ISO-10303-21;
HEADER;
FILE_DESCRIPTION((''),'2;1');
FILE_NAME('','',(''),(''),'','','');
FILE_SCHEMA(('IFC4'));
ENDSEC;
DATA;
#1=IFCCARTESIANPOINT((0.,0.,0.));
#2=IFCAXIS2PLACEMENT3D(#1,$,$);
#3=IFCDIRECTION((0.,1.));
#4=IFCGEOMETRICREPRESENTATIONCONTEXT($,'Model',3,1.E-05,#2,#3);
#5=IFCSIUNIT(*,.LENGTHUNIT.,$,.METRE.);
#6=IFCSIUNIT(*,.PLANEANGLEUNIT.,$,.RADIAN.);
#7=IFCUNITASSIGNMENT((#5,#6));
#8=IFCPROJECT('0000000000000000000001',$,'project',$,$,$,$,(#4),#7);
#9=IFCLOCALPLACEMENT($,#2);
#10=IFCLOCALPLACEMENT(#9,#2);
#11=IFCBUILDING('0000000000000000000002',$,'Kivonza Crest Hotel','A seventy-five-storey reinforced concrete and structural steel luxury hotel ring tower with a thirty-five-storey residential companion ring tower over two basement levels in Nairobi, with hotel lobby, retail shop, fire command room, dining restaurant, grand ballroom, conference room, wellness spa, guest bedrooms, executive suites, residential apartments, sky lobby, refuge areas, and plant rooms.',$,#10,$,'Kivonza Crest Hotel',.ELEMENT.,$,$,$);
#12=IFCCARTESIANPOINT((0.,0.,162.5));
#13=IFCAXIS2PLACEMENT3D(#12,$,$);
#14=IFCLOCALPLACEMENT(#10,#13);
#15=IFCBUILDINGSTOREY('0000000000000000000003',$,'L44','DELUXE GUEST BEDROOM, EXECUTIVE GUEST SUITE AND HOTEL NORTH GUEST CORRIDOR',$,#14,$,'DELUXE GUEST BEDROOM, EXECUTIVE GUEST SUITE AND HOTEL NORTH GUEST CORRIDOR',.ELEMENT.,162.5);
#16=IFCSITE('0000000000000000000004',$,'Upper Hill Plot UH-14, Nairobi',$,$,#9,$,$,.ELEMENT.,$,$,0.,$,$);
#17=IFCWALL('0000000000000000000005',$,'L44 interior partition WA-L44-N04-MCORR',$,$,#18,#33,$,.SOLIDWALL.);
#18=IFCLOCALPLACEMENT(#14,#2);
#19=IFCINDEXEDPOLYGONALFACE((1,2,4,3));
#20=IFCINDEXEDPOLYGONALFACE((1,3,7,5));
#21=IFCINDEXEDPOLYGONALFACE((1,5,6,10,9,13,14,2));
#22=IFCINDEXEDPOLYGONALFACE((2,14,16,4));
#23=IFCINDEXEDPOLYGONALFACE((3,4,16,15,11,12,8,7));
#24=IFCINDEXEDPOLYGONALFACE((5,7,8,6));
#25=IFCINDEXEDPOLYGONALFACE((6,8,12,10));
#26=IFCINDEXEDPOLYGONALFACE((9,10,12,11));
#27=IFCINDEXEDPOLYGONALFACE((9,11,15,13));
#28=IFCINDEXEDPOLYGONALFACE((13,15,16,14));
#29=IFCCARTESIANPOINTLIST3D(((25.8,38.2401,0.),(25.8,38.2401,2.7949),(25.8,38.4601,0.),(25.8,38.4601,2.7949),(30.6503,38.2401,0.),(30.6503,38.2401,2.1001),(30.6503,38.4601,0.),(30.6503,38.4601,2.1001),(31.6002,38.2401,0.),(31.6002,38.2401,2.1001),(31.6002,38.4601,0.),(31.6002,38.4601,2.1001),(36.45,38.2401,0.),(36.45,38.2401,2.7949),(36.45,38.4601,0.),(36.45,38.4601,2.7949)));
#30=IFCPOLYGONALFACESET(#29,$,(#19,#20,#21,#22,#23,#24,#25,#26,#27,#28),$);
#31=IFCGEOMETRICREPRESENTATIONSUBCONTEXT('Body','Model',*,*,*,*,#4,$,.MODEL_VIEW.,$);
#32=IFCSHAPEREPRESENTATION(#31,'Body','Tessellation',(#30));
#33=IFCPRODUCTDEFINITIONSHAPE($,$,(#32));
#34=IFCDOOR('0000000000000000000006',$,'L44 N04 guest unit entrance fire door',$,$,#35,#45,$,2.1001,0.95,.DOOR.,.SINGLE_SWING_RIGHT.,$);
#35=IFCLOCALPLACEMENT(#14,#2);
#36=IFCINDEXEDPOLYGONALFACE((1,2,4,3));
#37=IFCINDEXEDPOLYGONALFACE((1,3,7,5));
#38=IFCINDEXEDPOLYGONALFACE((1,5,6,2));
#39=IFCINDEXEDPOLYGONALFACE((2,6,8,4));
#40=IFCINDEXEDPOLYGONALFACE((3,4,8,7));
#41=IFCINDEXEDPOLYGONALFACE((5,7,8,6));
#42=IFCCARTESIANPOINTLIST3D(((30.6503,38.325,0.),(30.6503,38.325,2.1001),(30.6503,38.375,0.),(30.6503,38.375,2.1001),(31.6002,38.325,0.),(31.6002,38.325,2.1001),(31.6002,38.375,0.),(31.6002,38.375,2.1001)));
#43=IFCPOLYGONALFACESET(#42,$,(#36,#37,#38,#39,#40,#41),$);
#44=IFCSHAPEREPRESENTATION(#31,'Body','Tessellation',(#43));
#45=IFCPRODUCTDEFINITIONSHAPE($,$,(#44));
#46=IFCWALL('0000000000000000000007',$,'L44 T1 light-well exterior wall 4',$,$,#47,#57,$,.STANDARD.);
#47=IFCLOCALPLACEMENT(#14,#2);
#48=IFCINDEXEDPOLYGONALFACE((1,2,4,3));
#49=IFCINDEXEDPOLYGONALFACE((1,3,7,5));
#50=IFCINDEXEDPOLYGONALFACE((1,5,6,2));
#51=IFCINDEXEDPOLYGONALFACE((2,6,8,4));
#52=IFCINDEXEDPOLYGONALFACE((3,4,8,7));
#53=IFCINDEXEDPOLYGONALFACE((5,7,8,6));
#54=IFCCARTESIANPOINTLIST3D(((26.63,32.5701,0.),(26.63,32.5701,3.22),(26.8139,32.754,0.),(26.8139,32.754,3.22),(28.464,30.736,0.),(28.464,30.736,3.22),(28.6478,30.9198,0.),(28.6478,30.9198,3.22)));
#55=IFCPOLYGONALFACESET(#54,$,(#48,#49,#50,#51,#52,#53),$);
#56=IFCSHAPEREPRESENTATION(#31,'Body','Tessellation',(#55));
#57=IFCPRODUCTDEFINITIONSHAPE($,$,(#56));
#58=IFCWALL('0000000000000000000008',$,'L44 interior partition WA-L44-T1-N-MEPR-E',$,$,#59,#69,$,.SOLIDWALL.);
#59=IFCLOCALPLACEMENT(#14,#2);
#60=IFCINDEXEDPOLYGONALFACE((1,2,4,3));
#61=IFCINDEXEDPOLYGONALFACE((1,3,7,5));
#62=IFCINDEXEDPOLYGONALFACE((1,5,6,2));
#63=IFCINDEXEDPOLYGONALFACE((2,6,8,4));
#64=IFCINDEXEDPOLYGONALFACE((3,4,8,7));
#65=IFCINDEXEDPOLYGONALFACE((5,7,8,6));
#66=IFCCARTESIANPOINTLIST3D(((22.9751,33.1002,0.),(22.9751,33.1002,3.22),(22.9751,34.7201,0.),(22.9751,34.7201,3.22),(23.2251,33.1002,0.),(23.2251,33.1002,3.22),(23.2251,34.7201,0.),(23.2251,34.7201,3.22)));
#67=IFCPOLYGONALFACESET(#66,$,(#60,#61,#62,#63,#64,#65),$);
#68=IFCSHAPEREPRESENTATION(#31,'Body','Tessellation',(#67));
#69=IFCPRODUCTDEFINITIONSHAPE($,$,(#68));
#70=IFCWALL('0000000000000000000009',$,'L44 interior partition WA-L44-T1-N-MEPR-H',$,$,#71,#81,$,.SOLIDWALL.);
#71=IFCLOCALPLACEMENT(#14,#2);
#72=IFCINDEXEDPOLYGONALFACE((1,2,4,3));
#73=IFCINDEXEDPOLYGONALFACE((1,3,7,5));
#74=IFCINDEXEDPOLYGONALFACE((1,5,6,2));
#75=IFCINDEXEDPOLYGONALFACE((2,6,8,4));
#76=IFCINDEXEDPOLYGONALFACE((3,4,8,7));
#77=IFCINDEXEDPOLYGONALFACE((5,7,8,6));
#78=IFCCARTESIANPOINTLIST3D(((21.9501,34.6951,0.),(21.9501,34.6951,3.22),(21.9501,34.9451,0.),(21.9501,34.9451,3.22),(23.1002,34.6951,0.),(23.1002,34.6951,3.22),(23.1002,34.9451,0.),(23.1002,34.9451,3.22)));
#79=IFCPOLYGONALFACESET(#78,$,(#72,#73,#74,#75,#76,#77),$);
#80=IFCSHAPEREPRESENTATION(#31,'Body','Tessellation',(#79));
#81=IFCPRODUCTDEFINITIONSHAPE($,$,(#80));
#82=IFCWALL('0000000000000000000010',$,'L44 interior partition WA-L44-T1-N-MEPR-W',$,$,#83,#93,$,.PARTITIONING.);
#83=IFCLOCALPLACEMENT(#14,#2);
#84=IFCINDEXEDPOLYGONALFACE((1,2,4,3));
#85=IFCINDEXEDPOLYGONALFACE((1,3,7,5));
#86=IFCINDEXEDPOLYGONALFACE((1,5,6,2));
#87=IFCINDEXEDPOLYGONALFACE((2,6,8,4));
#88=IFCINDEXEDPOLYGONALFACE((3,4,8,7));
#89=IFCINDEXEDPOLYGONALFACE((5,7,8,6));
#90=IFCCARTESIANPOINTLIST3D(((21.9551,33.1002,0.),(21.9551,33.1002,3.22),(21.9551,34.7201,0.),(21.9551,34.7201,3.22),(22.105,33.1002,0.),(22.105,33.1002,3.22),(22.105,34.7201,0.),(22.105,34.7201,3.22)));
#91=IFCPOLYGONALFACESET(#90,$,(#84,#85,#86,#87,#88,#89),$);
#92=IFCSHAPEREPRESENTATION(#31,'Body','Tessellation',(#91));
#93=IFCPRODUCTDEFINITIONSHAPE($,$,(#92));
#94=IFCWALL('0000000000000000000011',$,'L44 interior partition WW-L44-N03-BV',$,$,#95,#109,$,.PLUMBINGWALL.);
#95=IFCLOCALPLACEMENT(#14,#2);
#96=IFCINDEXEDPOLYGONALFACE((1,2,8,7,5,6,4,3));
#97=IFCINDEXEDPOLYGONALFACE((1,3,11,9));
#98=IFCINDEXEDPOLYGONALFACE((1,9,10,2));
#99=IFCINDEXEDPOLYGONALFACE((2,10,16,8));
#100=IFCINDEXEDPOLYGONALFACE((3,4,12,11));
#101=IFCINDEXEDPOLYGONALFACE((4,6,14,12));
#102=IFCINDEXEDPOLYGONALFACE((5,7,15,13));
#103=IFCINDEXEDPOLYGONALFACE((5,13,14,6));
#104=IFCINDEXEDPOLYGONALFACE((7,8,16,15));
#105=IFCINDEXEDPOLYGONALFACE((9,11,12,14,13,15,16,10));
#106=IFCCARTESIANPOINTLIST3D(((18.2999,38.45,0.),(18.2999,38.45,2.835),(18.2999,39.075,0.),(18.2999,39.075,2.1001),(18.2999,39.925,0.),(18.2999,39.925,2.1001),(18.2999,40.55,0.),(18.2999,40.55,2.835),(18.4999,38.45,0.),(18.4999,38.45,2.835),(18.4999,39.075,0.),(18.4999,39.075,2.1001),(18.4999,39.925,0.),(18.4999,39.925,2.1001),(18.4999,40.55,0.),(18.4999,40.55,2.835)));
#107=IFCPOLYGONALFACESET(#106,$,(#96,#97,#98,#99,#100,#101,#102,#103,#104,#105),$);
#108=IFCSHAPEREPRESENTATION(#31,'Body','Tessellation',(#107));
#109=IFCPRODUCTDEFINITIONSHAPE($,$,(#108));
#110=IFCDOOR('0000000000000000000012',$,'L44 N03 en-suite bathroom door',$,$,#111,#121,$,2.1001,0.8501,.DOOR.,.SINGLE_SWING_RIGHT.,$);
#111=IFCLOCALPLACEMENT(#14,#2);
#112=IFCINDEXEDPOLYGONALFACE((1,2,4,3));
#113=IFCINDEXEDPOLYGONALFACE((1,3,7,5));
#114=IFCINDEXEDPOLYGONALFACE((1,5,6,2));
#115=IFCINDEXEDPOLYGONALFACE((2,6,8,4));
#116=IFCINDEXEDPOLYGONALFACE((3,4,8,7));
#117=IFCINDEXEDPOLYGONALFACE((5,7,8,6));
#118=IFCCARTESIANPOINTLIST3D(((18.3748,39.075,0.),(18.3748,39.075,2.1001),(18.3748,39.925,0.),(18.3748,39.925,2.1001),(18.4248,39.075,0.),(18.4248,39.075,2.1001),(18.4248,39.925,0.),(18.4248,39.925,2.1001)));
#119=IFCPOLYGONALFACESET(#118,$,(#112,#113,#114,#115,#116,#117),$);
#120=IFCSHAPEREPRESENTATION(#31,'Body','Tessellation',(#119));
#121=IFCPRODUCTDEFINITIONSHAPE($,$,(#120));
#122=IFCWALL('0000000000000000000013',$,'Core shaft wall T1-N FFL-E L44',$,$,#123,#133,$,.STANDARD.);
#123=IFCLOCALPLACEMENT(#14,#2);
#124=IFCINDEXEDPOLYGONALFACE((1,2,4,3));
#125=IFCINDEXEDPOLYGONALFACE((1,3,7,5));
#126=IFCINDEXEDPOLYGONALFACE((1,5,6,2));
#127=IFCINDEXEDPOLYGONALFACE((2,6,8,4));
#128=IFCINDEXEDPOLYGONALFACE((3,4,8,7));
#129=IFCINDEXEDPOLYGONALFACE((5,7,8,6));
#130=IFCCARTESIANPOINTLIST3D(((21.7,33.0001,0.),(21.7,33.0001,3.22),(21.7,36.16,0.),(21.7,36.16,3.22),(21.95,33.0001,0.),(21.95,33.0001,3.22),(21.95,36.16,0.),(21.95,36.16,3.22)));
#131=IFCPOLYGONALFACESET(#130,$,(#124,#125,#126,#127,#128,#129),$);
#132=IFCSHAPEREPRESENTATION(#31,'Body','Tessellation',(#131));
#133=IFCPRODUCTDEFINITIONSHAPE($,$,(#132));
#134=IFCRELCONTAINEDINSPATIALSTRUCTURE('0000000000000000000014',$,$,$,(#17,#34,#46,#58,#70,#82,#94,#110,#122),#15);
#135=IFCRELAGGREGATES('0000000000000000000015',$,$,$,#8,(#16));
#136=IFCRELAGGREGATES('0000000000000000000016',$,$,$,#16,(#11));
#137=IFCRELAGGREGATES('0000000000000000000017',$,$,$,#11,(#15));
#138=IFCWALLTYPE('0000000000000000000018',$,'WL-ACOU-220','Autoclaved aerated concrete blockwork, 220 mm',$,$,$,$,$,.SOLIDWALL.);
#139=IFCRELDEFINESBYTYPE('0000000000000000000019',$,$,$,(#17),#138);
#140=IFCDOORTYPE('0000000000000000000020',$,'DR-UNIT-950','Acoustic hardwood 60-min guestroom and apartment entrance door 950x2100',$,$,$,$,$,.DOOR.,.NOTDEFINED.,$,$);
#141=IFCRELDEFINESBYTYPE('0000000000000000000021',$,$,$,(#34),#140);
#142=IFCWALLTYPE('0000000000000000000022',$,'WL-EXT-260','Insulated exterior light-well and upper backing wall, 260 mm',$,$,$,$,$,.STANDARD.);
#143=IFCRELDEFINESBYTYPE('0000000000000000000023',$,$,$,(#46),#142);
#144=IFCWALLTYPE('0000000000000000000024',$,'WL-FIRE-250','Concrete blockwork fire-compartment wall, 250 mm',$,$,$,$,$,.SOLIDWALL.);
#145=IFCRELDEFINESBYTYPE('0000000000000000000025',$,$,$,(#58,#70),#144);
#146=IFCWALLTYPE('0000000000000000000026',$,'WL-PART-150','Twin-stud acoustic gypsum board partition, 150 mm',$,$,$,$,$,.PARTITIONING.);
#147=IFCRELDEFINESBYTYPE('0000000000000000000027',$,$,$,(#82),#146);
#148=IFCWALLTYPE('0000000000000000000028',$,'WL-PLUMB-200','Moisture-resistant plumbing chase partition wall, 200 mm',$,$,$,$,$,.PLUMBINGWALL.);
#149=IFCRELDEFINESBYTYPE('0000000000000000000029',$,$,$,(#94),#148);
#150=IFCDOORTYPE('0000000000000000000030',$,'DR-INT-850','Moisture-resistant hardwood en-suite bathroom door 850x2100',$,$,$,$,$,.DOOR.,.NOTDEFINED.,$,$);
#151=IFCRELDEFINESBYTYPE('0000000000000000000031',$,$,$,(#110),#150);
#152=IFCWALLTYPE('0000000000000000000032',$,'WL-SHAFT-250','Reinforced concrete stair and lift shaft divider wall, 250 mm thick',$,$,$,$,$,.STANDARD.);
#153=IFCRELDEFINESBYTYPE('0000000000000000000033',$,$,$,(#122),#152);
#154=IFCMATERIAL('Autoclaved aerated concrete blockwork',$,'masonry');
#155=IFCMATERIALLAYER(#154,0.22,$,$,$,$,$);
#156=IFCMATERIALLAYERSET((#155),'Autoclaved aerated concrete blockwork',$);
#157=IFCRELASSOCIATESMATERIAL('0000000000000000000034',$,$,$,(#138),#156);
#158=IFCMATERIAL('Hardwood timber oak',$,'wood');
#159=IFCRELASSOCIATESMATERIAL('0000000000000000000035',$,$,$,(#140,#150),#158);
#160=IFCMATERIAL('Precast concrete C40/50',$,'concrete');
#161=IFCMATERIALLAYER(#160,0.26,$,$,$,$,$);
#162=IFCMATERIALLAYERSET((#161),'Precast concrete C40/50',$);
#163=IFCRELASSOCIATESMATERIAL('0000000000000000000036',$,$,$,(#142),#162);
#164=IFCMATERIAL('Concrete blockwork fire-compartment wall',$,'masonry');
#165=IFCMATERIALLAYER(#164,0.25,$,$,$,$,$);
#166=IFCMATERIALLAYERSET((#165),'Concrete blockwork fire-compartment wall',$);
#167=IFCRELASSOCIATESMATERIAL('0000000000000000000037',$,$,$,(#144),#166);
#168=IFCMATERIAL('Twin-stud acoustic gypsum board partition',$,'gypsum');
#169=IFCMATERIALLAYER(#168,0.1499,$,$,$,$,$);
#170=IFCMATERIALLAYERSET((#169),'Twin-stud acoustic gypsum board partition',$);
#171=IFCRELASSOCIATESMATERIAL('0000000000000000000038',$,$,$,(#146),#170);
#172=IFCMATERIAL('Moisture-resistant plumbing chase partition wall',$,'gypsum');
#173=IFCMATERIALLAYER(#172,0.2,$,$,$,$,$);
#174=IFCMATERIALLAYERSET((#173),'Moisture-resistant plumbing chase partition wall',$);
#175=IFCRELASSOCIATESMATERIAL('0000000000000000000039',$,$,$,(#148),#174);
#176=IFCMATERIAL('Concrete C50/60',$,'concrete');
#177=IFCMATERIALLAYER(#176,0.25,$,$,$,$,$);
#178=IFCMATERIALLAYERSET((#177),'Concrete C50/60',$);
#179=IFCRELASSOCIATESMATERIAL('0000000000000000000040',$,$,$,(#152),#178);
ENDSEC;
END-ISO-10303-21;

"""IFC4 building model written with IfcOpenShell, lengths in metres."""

from ifc_helpers import new_model, si_unit, direction, frame, frame_2d, origin, place, context, subcontext, project, spatial, rectangle, extrude, material, layer, layer_set, type_object, element, fill, save


model = new_model("IFC4")

# Units and contexts
model_context = context("Model", 3, precision=1e-05, world=origin(), true_north=direction((0.0, 1.0)))
body_context = subcontext(model_context, "Body", "Model", "MODEL_VIEW")
ifc_project = project(units=[si_unit("LENGTHUNIT", "METRE"), si_unit("PLANEANGLEUNIT", "RADIAN")], contexts=[model_context])

# Site, building, storey
site_placement = place(None, origin())
site = spatial("IfcSite", under=ifc_project, at=site_placement, Name="Upper Hill Plot UH-14, Nairobi", CompositionType="ELEMENT", RefElevation=0.0)
building_placement = place(site_placement, origin())
building = spatial("IfcBuilding", under=site, at=building_placement, Name="Kivonza Crest Hotel", Description="A seventy-five-storey reinforced concrete and structural steel luxury hotel ring tower with a thirty-five-storey residential companion ring tower over two basement levels in Nairobi, with hotel lobby, retail shop, fire command room, dining restaurant, grand ballroom, conference room, wellness spa, guest bedrooms, executive suites, residential apartments, sky lobby, refuge areas, and plant rooms.", LongName="Kivonza Crest Hotel", CompositionType="ELEMENT")
storey_placement = place(building_placement, frame((0.0, 0.0, 162.5)))
storey = spatial("IfcBuildingStorey", under=building, at=storey_placement, Name="L44", Description="DELUXE GUEST BEDROOM, EXECUTIVE GUEST SUITE AND HOTEL NORTH GUEST CORRIDOR", LongName="DELUXE GUEST BEDROOM, EXECUTIVE GUEST SUITE AND HOTEL NORTH GUEST CORRIDOR", CompositionType="ELEMENT", Elevation=162.5)

# Shared definitions
ifc_material_1 = material(Name="Concrete C50/60", Category="concrete")

# Wall, opening, door
ifc_material_2 = material(Name="Autoclaved aerated concrete blockwork", Category="masonry")
ifc_layer_1 = layer(ifc_material_2, 0.22)
ifc_layer_set_1 = layer_set([ifc_layer_1], Name="Autoclaved aerated concrete blockwork")
wall_type_1 = type_object("IfcWallType", Name="WL-ACOU-220", Description="Autoclaved aerated concrete blockwork, 220 mm", PredefinedType="SOLIDWALL", material=ifc_layer_set_1)
wall_1_placement = place(storey_placement, frame((25.8, 38.3501, 0.0), z_axis=(0.0, 0.0, 1.0), x_axis=(1.0, 0.0, 0.0)))
wall_1 = element("IfcWall", 1, at=wall_1_placement, inside=storey, type_object=wall_type_1, Name="L44 interior partition WA-L44-N04-MCORR", PredefinedType="SOLIDWALL", context=body_context, shape_type="SweptSolid", body=[
    extrude(rectangle(XDim=10.6499, YDim=0.22, at=frame_2d((5.325, 0.0))), origin(), (0.0, 0.0, 1.0), 2.7949),
])
opening_1_placement = place(wall_1_placement, frame((4.8501, 0.0, 0.0)))
opening_1 = element("IfcOpeningElement", 2, at=opening_1_placement, cuts=wall_1, PredefinedType="OPENING", context=body_context, shape_type="SweptSolid", body=[
    extrude(rectangle(XDim=0.95, YDim=2.1001, at=frame_2d((0.4751, 1.05))), frame((0.0, 0.1201, 0.0), z_axis=(0.0, -1.0, 0.0), x_axis=(1.0, 0.0, 0.0)), (0.0, 0.0, 1.0), 0.24),
])
ifc_material_3 = material(Name="Hardwood timber oak", Category="wood")
door_type_1 = type_object("IfcDoorType", Name="DR-UNIT-950", Description="Acoustic hardwood 60-min guestroom and apartment entrance door 950x2100", OperationType="NOTDEFINED", PredefinedType="DOOR", material=ifc_material_3)
door_1_placement = place(opening_1_placement, origin())
door_1 = element("IfcDoor", 3, at=door_1_placement, inside=storey, type_object=door_type_1, Name="L44 N04 guest unit entrance fire door", OperationType="SINGLE_SWING_RIGHT", OverallHeight=2.1001, OverallWidth=0.95, PredefinedType="DOOR", context=body_context, shape_type="SweptSolid", body=[
    extrude(rectangle(XDim=0.95, YDim=2.1001, at=frame_2d((0.4751, 1.05))), frame((0.0, 0.0249, 0.0), z_axis=(0.0, -1.0, 0.0), x_axis=(1.0, 0.0, 0.0)), (0.0, 0.0, 1.0), 0.05),
])
fill(opening_1, door_1)

# Walls
ifc_material_4 = material(Name="Precast concrete C40/50", Category="concrete")
ifc_layer_2 = layer(ifc_material_4, 0.26)
ifc_layer_set_2 = layer_set([ifc_layer_2], Name="Precast concrete C40/50")
wall_type_2 = type_object("IfcWallType", Name="WL-EXT-260", Description="Insulated exterior light-well and upper backing wall, 260 mm", PredefinedType="STANDARD", material=ifc_layer_set_2)
wall_2_placement = place(storey_placement, frame((28.5559, 30.8279, 0.0), z_axis=(0.0, 0.0, 1.0), x_axis=(-0.70706, 0.707154, 0.0)))
element("IfcWall", 4, at=wall_2_placement, inside=storey, type_object=wall_type_2, Name="L44 T1 light-well exterior wall 4", PredefinedType="STANDARD", context=body_context, shape_type="SweptSolid", body=[
    extrude(rectangle(XDim=2.5938, YDim=0.26, at=frame_2d((1.2969, 0.0))), origin(), (0.0, 0.0, 1.0), 3.22),
])
ifc_material_5 = material(Name="Concrete blockwork fire-compartment wall", Category="masonry")
ifc_layer_3 = layer(ifc_material_5, 0.25)
ifc_layer_set_3 = layer_set([ifc_layer_3], Name="Concrete blockwork fire-compartment wall")
wall_type_3 = type_object("IfcWallType", Name="WL-FIRE-250", Description="Concrete blockwork fire-compartment wall, 250 mm", PredefinedType="SOLIDWALL", material=ifc_layer_set_3)
wall_3_placement = place(storey_placement, frame((23.1001, 33.1001, 0.0), z_axis=(0.0, 0.0, 1.0), x_axis=(0.0, 1.0, 0.0)))
element("IfcWall", 5, at=wall_3_placement, inside=storey, type_object=wall_type_3, Name="L44 interior partition WA-L44-T1-N-MEPR-E", PredefinedType="SOLIDWALL", context=body_context, shape_type="SweptSolid", body=[
    extrude(rectangle(XDim=1.6199, YDim=0.25, at=frame_2d((0.8101, 0.0))), origin(), (0.0, 0.0, 1.0), 3.22),
])
wall_4_placement = place(storey_placement, frame((21.95, 34.8201, 0.0), z_axis=(0.0, 0.0, 1.0), x_axis=(1.0, 0.0, 0.0)))
element("IfcWall", 6, at=wall_4_placement, inside=storey, type_object=wall_type_3, Name="L44 interior partition WA-L44-T1-N-MEPR-H", PredefinedType="SOLIDWALL", context=body_context, shape_type="SweptSolid", body=[
    extrude(rectangle(XDim=1.1501, YDim=0.25, at=frame_2d((0.5752, 0.0))), origin(), (0.0, 0.0, 1.0), 3.22),
])
ifc_material_6 = material(Name="Twin-stud acoustic gypsum board partition", Category="gypsum")
ifc_layer_4 = layer(ifc_material_6, 0.1499)
ifc_layer_set_4 = layer_set([ifc_layer_4], Name="Twin-stud acoustic gypsum board partition")
wall_type_4 = type_object("IfcWallType", Name="WL-PART-150", Description="Twin-stud acoustic gypsum board partition, 150 mm", PredefinedType="PARTITIONING", material=ifc_layer_set_4)
wall_5_placement = place(storey_placement, frame((22.03, 33.1001, 0.0), z_axis=(0.0, 0.0, 1.0), x_axis=(0.0, 1.0, 0.0)))
element("IfcWall", 7, at=wall_5_placement, inside=storey, type_object=wall_type_4, Name="L44 interior partition WA-L44-T1-N-MEPR-W", PredefinedType="PARTITIONING", context=body_context, shape_type="SweptSolid", body=[
    extrude(rectangle(XDim=1.6199, YDim=0.1499, at=frame_2d((0.8101, 0.0))), origin(), (0.0, 0.0, 1.0), 3.22),
])

# Wall, opening, door
ifc_material_7 = material(Name="Moisture-resistant plumbing chase partition wall", Category="gypsum")
ifc_layer_5 = layer(ifc_material_7, 0.2)
ifc_layer_set_5 = layer_set([ifc_layer_5], Name="Moisture-resistant plumbing chase partition wall")
wall_type_5 = type_object("IfcWallType", Name="WL-PLUMB-200", Description="Moisture-resistant plumbing chase partition wall, 200 mm", PredefinedType="PLUMBINGWALL", material=ifc_layer_set_5)
wall_6_placement = place(storey_placement, frame((18.3999, 38.45, 0.0), z_axis=(0.0, 0.0, 1.0), x_axis=(0.0, 1.0, 0.0)))
wall_6 = element("IfcWall", 8, at=wall_6_placement, inside=storey, type_object=wall_type_5, Name="L44 interior partition WW-L44-N03-BV", PredefinedType="PLUMBINGWALL", context=body_context, shape_type="SweptSolid", body=[
    extrude(rectangle(XDim=2.1001, YDim=0.2, at=frame_2d((1.05, 0.0))), origin(), (0.0, 0.0, 1.0), 2.835),
])
opening_2_placement = place(wall_6_placement, frame((0.625, 0.0, 0.0)))
opening_2 = element("IfcOpeningElement", 9, at=opening_2_placement, cuts=wall_6, PredefinedType="OPENING", context=body_context, shape_type="SweptSolid", body=[
    extrude(rectangle(XDim=0.8501, YDim=2.1001, at=frame_2d((0.425, 1.05))), frame((0.0, 0.1099, 0.0), z_axis=(0.0, -1.0, 0.0), x_axis=(1.0, 0.0, 0.0)), (0.0, 0.0, 1.0), 0.22),
])
door_type_2 = type_object("IfcDoorType", Name="DR-INT-850", Description="Moisture-resistant hardwood en-suite bathroom door 850x2100", OperationType="NOTDEFINED", PredefinedType="DOOR", material=ifc_material_3)
door_2_placement = place(opening_2_placement, frame((0.8501, 0.0, 0.0), z_axis=(0.0, 0.0, 1.0), x_axis=(-1.0, 0.0, 0.0)))
door_2 = element("IfcDoor", 10, at=door_2_placement, inside=storey, type_object=door_type_2, Name="L44 N03 en-suite bathroom door", OperationType="SINGLE_SWING_RIGHT", OverallHeight=2.1001, OverallWidth=0.8501, PredefinedType="DOOR", context=body_context, shape_type="SweptSolid", body=[
    extrude(rectangle(XDim=0.8501, YDim=2.1001, at=frame_2d((0.425, 1.05))), frame((0.0, 0.0249, 0.0), z_axis=(0.0, -1.0, 0.0), x_axis=(1.0, 0.0, 0.0)), (0.0, 0.0, 1.0), 0.05),
])
fill(opening_2, door_2)
ifc_layer_6 = layer(ifc_material_1, 0.25)
ifc_layer_set_6 = layer_set([ifc_layer_6], Name="Concrete C50/60")
wall_type_6 = type_object("IfcWallType", Name="WL-SHAFT-250", Description="Reinforced concrete stair and lift shaft divider wall, 250 mm thick", PredefinedType="STANDARD", material=ifc_layer_set_6)

# Wall
wall_7_placement = place(storey_placement, frame((21.825, 33.0, 0.0), z_axis=(0.0, 0.0, 1.0), x_axis=(0.0, 1.0, 0.0)))
element("IfcWall", 11, at=wall_7_placement, inside=storey, type_object=wall_type_6, Name="Core shaft wall T1-N FFL-E L44", PredefinedType="STANDARD", context=body_context, shape_type="SweptSolid", body=[
    extrude(rectangle(XDim=3.1599, YDim=0.25, at=frame_2d((1.5801, 0.0))), origin(), (0.0, 0.0, 1.0), 3.22),
])

save(model, "model.ifc")
